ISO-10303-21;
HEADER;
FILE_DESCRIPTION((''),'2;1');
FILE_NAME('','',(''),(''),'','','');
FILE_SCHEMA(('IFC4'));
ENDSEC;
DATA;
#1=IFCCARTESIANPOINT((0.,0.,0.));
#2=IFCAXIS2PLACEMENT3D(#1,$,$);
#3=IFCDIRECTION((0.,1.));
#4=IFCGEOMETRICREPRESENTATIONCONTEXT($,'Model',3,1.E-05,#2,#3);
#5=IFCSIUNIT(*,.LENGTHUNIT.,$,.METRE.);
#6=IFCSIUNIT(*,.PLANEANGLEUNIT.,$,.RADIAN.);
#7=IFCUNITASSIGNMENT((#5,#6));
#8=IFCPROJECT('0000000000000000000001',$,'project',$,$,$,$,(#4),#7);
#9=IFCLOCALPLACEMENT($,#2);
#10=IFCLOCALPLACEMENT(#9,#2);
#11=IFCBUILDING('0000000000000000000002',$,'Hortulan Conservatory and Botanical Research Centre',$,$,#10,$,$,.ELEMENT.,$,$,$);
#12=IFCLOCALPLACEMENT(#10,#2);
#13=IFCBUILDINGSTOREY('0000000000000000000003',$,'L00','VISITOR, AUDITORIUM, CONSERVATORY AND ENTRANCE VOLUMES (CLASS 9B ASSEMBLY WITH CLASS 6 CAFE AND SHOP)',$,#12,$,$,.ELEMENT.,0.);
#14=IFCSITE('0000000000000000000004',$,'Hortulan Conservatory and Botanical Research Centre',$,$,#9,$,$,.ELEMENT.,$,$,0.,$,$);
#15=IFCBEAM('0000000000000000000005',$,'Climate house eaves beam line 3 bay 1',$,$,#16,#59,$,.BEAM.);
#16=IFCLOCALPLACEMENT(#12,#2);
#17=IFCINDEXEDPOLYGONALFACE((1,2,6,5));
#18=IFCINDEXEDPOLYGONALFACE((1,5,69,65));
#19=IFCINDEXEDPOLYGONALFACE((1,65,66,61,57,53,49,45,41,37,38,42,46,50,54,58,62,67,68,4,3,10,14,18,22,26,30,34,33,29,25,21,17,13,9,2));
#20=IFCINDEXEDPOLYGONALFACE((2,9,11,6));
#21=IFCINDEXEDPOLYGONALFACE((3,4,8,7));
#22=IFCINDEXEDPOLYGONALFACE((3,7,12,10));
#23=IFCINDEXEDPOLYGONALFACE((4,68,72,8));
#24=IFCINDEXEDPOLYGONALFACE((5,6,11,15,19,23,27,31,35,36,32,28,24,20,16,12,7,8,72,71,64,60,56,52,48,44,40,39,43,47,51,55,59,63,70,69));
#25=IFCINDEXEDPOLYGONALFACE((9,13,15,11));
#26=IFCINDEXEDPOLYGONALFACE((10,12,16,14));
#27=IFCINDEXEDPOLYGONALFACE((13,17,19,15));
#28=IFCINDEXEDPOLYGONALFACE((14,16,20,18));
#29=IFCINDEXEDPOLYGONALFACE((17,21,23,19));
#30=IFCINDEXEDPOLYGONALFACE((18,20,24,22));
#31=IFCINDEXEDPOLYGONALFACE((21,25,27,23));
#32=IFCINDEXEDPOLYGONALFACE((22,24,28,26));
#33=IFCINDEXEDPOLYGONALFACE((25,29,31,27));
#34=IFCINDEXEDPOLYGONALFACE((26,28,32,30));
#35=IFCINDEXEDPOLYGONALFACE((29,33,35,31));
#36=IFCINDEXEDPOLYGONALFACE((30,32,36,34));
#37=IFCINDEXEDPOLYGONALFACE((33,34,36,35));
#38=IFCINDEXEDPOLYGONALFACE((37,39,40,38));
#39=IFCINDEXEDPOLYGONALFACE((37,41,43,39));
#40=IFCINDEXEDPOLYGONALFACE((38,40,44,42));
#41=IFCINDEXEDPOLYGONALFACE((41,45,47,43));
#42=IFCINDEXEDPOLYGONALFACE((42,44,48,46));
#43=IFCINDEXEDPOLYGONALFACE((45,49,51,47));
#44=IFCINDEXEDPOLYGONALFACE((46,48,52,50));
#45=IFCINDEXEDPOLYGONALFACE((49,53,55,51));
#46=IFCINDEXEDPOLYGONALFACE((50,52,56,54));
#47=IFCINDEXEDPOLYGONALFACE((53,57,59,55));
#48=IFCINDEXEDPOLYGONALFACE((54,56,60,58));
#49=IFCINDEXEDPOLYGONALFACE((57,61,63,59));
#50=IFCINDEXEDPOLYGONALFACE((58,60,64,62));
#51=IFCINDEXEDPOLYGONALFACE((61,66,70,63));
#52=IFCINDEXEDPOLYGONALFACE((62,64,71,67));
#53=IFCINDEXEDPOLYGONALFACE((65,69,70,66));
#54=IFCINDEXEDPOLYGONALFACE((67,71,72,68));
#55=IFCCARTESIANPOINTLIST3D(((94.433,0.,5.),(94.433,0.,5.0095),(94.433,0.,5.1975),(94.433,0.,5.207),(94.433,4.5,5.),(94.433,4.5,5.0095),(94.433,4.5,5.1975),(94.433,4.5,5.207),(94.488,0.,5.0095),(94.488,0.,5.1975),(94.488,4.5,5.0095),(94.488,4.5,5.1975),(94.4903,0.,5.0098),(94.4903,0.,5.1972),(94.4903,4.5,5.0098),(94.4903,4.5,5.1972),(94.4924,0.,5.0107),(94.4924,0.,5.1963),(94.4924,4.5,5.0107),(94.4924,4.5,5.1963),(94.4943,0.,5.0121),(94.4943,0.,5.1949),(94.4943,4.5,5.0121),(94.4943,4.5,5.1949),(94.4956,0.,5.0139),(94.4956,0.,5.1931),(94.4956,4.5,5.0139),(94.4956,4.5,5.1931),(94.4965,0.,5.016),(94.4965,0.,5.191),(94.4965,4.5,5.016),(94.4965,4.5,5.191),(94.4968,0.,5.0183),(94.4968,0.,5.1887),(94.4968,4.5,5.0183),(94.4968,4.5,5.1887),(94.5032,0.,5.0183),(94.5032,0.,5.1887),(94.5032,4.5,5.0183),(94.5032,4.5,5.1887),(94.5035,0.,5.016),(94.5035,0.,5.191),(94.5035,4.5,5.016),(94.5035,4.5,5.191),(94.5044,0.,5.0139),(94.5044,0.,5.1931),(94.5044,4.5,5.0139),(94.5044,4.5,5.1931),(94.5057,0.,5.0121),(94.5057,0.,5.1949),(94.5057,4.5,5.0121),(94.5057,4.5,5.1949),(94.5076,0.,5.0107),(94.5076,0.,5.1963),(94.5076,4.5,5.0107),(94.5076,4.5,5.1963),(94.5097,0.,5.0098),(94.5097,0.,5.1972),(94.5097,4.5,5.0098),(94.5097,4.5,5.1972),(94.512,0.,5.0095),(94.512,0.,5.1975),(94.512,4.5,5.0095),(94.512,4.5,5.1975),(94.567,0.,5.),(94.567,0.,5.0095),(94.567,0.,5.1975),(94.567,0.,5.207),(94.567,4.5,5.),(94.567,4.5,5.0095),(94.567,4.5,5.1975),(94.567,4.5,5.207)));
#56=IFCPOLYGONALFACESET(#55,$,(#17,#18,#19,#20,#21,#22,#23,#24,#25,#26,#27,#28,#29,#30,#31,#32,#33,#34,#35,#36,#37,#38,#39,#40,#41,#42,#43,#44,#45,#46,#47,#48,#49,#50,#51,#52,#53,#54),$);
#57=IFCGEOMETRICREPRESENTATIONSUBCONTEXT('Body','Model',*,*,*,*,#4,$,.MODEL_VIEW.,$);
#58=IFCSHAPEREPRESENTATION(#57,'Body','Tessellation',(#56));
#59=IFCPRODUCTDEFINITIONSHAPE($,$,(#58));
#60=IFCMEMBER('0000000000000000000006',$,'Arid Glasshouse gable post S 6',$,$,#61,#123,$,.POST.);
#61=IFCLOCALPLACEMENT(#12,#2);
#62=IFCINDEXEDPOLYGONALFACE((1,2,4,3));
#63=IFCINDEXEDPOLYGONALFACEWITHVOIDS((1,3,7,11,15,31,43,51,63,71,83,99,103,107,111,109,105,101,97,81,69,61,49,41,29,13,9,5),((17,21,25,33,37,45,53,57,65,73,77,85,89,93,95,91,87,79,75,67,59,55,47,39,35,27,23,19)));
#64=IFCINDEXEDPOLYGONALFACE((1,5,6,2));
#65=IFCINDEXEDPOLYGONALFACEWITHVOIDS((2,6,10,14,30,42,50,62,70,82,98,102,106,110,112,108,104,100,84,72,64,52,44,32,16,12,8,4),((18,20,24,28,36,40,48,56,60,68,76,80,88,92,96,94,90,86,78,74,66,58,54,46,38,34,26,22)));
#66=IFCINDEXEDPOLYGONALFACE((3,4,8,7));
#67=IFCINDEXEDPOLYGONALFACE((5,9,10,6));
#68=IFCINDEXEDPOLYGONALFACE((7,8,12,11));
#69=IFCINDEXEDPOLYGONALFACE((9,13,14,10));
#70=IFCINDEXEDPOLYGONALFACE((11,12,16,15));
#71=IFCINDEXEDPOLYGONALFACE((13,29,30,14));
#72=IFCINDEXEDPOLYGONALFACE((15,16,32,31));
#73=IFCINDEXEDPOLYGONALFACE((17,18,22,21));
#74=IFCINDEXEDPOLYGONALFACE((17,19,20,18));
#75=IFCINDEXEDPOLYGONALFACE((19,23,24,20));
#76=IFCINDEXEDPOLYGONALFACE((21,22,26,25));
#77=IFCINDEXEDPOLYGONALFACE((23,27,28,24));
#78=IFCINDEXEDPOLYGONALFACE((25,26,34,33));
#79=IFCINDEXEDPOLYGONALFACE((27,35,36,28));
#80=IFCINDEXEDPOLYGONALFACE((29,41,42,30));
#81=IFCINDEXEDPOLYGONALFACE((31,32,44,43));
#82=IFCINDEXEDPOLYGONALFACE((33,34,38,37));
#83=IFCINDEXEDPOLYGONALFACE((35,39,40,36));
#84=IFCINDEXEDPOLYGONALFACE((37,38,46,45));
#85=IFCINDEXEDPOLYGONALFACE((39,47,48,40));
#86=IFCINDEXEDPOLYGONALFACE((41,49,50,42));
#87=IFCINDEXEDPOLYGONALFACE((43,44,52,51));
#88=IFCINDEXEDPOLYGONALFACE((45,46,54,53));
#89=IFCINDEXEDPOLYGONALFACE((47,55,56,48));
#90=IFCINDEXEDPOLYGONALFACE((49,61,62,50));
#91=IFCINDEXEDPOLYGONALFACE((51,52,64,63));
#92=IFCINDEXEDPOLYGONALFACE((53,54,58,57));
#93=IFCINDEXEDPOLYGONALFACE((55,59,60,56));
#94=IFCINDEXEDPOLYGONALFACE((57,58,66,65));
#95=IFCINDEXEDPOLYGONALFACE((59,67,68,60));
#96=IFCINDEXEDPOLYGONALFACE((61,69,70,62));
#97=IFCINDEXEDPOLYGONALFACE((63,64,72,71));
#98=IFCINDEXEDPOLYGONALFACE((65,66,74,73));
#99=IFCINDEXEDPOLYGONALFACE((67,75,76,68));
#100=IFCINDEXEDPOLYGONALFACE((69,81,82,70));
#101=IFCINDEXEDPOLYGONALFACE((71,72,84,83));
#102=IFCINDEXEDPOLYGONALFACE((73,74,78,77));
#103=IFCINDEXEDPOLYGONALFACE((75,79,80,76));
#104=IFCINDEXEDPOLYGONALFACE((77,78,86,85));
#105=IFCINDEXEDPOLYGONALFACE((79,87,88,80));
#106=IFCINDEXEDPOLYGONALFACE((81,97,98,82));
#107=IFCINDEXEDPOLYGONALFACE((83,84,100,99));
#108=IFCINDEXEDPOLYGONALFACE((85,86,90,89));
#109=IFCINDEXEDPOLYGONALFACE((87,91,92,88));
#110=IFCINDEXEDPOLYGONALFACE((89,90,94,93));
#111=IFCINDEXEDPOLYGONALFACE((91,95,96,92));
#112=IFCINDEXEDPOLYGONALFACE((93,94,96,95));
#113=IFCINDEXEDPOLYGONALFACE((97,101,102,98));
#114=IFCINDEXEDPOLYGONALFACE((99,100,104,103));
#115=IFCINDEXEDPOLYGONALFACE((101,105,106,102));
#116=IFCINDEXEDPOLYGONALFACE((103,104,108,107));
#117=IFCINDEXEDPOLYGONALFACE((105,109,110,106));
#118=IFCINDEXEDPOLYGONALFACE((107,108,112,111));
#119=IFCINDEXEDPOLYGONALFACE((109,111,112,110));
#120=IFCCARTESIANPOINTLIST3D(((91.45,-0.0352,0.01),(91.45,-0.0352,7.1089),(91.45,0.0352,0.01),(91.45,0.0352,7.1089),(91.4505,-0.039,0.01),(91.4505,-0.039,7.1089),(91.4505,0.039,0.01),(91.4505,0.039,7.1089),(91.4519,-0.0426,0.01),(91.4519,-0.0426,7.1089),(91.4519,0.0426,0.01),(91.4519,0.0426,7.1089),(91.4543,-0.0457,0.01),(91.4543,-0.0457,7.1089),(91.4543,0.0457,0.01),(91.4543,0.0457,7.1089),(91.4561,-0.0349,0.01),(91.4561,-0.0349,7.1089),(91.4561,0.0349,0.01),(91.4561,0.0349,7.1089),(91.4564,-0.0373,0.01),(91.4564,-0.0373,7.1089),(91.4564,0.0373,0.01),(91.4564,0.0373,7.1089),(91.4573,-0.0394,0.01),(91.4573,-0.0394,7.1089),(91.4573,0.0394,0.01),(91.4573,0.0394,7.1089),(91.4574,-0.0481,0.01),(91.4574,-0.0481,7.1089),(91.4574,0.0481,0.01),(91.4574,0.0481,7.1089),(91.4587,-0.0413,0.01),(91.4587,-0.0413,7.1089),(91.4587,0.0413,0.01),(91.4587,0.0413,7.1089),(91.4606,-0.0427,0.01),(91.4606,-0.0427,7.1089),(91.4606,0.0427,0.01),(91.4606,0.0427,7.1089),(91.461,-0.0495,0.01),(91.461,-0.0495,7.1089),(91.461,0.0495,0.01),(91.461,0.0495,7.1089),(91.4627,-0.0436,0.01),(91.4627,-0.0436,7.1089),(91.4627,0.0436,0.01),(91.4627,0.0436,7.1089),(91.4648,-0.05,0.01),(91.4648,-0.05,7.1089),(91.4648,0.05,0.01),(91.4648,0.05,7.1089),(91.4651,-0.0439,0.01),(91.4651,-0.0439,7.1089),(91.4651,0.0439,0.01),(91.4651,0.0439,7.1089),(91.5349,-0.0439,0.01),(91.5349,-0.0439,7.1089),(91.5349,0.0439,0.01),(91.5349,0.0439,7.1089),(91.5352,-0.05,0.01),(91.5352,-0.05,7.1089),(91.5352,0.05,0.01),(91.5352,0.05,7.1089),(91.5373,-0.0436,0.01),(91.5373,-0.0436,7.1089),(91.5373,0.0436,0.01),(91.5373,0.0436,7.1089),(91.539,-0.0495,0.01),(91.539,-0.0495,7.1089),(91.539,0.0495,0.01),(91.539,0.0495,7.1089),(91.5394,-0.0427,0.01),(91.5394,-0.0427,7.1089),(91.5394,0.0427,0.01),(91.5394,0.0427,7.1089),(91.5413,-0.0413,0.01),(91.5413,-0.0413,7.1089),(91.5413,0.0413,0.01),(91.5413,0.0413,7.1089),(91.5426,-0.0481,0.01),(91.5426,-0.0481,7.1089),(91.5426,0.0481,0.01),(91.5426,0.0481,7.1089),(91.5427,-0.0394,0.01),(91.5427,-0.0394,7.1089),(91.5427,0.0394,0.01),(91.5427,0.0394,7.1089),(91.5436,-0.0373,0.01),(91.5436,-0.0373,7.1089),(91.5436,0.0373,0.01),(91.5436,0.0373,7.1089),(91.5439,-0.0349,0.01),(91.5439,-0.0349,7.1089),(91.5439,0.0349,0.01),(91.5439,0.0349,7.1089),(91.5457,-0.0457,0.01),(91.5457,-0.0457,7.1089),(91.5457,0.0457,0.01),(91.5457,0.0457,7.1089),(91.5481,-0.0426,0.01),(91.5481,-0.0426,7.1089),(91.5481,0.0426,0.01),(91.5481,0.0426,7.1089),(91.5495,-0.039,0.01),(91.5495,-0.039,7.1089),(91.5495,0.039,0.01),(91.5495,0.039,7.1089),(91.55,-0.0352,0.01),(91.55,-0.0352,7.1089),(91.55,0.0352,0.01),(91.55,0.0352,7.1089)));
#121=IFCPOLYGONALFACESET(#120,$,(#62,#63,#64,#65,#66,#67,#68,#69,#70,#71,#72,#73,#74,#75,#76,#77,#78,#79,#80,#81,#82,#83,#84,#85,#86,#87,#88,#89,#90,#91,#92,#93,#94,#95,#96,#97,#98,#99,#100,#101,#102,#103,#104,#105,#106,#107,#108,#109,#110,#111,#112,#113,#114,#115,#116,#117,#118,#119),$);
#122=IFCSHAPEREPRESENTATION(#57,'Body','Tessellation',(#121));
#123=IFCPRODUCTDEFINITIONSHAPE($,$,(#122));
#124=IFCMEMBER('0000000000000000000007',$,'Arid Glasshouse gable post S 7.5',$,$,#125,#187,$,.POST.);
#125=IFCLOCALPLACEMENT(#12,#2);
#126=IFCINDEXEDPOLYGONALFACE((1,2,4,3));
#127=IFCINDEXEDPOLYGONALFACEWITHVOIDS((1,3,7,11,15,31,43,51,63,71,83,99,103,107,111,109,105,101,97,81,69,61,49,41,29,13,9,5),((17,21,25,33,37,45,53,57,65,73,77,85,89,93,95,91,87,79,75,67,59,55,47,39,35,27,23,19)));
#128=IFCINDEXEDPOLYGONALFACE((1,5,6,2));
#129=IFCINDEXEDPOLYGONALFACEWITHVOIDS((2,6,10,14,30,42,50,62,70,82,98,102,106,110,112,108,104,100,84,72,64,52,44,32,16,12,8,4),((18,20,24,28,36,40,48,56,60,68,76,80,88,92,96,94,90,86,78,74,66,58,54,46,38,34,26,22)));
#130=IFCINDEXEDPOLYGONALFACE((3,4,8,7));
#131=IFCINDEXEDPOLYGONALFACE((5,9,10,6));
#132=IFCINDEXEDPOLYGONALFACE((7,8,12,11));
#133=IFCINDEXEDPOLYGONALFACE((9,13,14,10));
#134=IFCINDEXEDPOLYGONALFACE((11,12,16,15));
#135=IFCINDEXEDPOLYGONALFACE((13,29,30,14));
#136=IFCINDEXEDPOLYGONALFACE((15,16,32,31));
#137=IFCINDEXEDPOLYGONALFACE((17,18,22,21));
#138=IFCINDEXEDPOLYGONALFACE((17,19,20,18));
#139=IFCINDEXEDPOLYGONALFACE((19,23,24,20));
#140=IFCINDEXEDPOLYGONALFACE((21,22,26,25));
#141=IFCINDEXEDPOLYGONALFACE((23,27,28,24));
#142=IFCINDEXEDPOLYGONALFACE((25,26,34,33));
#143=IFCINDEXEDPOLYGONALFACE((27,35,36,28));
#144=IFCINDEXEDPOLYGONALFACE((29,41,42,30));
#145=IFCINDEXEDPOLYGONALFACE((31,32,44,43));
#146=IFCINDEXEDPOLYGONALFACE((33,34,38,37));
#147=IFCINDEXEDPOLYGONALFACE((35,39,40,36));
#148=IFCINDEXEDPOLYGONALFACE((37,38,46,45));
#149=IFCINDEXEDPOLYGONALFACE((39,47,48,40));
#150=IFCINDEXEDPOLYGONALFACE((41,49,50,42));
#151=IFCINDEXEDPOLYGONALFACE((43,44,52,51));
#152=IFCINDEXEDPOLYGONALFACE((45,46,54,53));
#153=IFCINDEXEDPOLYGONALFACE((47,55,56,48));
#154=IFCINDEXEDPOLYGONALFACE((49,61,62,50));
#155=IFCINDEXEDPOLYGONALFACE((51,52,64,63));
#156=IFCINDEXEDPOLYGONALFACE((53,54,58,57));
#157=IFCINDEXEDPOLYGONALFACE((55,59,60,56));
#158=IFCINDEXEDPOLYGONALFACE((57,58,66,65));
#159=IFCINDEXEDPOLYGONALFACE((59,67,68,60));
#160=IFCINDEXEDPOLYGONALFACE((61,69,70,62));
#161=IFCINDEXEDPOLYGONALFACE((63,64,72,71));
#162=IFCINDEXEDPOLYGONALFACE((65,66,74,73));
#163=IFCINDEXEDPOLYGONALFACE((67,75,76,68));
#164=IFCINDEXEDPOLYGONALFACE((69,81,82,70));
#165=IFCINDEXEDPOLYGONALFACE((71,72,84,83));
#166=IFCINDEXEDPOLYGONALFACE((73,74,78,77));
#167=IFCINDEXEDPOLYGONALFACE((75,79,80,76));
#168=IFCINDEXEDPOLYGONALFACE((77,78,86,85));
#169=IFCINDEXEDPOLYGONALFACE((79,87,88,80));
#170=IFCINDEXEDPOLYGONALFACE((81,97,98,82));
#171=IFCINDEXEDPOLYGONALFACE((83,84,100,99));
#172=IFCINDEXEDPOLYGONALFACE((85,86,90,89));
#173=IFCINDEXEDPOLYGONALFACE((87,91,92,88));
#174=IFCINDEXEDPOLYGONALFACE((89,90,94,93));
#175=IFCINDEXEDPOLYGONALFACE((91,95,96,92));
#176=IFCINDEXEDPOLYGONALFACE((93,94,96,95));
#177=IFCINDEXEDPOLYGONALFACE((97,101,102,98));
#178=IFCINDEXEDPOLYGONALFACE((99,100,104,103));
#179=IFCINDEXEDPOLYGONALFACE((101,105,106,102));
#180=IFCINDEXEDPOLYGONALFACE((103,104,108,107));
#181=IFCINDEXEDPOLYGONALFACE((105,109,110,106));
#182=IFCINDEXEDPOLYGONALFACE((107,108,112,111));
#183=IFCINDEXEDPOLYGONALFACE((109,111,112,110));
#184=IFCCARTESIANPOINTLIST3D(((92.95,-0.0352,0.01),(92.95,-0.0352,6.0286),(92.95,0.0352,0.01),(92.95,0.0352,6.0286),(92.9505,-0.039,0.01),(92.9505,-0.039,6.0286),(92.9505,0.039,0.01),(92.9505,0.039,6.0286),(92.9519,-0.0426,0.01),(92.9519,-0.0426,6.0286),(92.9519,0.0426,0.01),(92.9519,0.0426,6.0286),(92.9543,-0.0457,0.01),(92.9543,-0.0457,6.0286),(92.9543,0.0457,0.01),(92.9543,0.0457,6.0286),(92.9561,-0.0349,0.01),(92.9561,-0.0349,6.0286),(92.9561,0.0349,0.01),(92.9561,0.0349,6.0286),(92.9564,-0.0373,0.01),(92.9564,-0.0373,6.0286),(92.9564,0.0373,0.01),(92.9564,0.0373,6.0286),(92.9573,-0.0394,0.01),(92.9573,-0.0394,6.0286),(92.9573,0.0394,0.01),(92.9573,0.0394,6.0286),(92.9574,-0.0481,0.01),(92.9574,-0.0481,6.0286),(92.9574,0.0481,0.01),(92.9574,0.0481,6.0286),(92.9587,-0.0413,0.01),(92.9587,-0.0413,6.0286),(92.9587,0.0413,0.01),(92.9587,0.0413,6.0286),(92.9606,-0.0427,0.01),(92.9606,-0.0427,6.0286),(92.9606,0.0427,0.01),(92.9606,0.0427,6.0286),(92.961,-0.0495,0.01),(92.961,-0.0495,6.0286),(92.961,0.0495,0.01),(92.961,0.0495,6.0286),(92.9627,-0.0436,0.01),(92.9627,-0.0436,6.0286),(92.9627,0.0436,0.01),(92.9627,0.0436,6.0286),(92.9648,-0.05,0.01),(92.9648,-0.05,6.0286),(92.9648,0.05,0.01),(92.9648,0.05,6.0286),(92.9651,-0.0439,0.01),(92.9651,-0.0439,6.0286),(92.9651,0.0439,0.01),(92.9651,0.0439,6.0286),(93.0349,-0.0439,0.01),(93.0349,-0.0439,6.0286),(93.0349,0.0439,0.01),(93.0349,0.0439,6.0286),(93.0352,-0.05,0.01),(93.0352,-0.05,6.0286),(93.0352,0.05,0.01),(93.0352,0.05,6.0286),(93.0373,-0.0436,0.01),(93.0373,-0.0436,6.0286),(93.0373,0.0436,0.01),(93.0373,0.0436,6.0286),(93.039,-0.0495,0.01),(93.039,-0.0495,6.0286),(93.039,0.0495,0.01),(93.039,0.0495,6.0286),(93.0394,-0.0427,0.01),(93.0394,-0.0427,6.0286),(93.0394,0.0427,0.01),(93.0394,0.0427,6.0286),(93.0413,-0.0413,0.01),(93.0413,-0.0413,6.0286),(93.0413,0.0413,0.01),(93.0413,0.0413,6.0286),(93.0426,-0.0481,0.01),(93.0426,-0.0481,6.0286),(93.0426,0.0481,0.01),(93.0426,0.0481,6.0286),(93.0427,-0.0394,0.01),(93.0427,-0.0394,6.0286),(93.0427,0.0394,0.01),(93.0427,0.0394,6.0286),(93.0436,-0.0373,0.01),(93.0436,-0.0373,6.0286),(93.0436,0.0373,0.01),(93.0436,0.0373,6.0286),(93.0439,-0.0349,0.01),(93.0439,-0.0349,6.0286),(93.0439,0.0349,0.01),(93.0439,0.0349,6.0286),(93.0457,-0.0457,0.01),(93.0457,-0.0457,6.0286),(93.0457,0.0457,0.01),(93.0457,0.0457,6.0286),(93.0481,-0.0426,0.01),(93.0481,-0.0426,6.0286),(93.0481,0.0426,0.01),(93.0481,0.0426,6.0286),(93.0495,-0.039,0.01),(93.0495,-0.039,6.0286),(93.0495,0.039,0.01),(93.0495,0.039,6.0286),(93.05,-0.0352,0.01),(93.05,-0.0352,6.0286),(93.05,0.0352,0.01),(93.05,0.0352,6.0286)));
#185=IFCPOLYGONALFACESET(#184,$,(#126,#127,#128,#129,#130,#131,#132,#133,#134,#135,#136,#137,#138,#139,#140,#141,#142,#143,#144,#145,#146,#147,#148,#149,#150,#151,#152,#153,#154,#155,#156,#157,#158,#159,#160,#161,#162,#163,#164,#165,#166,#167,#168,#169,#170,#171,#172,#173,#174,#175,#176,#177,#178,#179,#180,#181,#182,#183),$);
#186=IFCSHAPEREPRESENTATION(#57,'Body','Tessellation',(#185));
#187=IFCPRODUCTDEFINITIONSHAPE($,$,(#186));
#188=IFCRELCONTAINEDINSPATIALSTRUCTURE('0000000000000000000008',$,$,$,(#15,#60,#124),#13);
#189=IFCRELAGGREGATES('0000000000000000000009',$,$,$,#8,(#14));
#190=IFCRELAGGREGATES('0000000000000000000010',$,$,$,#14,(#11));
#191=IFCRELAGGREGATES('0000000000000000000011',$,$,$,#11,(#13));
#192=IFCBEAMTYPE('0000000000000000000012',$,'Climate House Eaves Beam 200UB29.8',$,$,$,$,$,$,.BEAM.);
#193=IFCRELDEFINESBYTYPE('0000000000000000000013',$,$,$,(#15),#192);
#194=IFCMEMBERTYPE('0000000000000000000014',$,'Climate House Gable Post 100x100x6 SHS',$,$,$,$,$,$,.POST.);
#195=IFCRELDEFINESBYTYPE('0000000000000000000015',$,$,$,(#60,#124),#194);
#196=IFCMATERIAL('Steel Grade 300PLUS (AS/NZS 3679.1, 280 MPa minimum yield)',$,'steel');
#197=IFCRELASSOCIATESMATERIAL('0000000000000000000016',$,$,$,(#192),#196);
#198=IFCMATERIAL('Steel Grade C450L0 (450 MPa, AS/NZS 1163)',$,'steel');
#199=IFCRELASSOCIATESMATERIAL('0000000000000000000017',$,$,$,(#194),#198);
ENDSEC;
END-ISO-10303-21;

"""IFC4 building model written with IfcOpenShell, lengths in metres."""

from ifc_helpers import new_model, si_unit, direction, frame, origin, origin_2d, place, context, subcontext, project, spatial, hollow_rectangle, i_section, extrude, material, material_profile, profile_set, type_object, element, save


model = new_model("IFC4")

# Units and contexts
model_context = context("Model", 3, precision=1e-05, world=origin(), true_north=direction((0.0, 1.0)))
body_context = subcontext(model_context, "Body", "Model", "MODEL_VIEW")
ifc_project = project(units=[si_unit("LENGTHUNIT", "METRE"), si_unit("PLANEANGLEUNIT", "RADIAN")], contexts=[model_context])

# Site, building, storey
site_placement = place(None, origin())
site = spatial("IfcSite", under=ifc_project, at=site_placement, Name="Hortulan Conservatory and Botanical Research Centre", CompositionType="ELEMENT", RefElevation=0.0)
building_placement = place(site_placement, origin())
building = spatial("IfcBuilding", under=site, at=building_placement, Name="Hortulan Conservatory and Botanical Research Centre", CompositionType="ELEMENT")
storey_placement = place(building_placement, origin())
storey = spatial("IfcBuildingStorey", under=building, at=storey_placement, Name="L00", Description="VISITOR, AUDITORIUM, CONSERVATORY AND ENTRANCE VOLUMES (CLASS 9B ASSEMBLY WITH CLASS 6 CAFE AND SHOP)", CompositionType="ELEMENT", Elevation=0.0)

# Shared definitions
ifc_material_1 = material(Name="Steel Grade 300PLUS (AS/NZS 3679.1, 280 MPa minimum yield)", Category="steel")

# Beam
ifc_material_profile_1 = material_profile(ifc_material_1, i_section(OverallWidth=0.134, OverallDepth=0.207, WebThickness=0.0063, FlangeThickness=0.0095, FilletRadius=0.0088, at=origin_2d()), Name="200UB29.8")
ifc_profile_set_1 = profile_set([ifc_material_profile_1], Name="Steel Grade 300PLUS (AS/NZS 3679.1, 280 MPa minimum yield)")
beam_type = type_object("IfcBeamType", Name="Climate House Eaves Beam 200UB29.8", PredefinedType="BEAM", material=ifc_profile_set_1)
beam_placement = place(storey_placement, frame((94.5, 0.0, 5.1035), z_axis=(0.0, 1.0, 0.0), x_axis=(-1.0, 0.0, 0.0)))
element("IfcBeam", 1, at=beam_placement, inside=storey, type_object=beam_type, Name="Climate house eaves beam line 3 bay 1", PredefinedType="BEAM", context=body_context, shape_type="SweptSolid", body=[
    extrude(i_section(OverallWidth=0.134, OverallDepth=0.207, WebThickness=0.0063, FlangeThickness=0.0095, FilletRadius=0.0088, at=origin_2d()), origin(), (0.0, 0.0, 1.0), 4.5),
])

# Members
ifc_material_2 = material(Name="Steel Grade C450L0 (450 MPa, AS/NZS 1163)", Category="steel")
ifc_material_profile_2 = material_profile(ifc_material_2, hollow_rectangle(XDim=0.1001, YDim=0.1001, WallThickness=0.0061, InnerFilletRadius=0.009, OuterFilletRadius=0.0149, at=origin_2d()), Name="100x100x6SHS")
ifc_profile_set_2 = profile_set([ifc_material_profile_2], Name="Steel Grade C450L0 (450 MPa, AS/NZS 1163)")
member_type_1 = type_object("IfcMemberType", Name="Climate House Gable Post 100x100x6 SHS", PredefinedType="POST", material=ifc_profile_set_2)
member_1_placement = place(storey_placement, frame((91.5, 0.0, 0.01), z_axis=(0.0, 0.0, 1.0), x_axis=(1.0, 0.0, 0.0)))
element("IfcMember", 2, at=member_1_placement, inside=storey, type_object=member_type_1, Name="Arid Glasshouse gable post S 6", PredefinedType="POST", context=body_context, shape_type="SweptSolid", body=[
    extrude(hollow_rectangle(XDim=0.1001, YDim=0.1001, WallThickness=0.0061, InnerFilletRadius=0.009, OuterFilletRadius=0.0149, at=origin_2d()), origin(), (0.0, 0.0, 1.0), 7.0989),
])
member_2_placement = place(storey_placement, frame((93.0, 0.0, 0.01), z_axis=(0.0, 0.0, 1.0), x_axis=(1.0, 0.0, 0.0)))
element("IfcMember", 3, at=member_2_placement, inside=storey, type_object=member_type_1, Name="Arid Glasshouse gable post S 7.5", PredefinedType="POST", context=body_context, shape_type="SweptSolid", body=[
    extrude(hollow_rectangle(XDim=0.1001, YDim=0.1001, WallThickness=0.0061, InnerFilletRadius=0.009, OuterFilletRadius=0.0149, at=origin_2d()), origin(), (0.0, 0.0, 1.0), 6.0186),
])

save(model, "model.ifc")
